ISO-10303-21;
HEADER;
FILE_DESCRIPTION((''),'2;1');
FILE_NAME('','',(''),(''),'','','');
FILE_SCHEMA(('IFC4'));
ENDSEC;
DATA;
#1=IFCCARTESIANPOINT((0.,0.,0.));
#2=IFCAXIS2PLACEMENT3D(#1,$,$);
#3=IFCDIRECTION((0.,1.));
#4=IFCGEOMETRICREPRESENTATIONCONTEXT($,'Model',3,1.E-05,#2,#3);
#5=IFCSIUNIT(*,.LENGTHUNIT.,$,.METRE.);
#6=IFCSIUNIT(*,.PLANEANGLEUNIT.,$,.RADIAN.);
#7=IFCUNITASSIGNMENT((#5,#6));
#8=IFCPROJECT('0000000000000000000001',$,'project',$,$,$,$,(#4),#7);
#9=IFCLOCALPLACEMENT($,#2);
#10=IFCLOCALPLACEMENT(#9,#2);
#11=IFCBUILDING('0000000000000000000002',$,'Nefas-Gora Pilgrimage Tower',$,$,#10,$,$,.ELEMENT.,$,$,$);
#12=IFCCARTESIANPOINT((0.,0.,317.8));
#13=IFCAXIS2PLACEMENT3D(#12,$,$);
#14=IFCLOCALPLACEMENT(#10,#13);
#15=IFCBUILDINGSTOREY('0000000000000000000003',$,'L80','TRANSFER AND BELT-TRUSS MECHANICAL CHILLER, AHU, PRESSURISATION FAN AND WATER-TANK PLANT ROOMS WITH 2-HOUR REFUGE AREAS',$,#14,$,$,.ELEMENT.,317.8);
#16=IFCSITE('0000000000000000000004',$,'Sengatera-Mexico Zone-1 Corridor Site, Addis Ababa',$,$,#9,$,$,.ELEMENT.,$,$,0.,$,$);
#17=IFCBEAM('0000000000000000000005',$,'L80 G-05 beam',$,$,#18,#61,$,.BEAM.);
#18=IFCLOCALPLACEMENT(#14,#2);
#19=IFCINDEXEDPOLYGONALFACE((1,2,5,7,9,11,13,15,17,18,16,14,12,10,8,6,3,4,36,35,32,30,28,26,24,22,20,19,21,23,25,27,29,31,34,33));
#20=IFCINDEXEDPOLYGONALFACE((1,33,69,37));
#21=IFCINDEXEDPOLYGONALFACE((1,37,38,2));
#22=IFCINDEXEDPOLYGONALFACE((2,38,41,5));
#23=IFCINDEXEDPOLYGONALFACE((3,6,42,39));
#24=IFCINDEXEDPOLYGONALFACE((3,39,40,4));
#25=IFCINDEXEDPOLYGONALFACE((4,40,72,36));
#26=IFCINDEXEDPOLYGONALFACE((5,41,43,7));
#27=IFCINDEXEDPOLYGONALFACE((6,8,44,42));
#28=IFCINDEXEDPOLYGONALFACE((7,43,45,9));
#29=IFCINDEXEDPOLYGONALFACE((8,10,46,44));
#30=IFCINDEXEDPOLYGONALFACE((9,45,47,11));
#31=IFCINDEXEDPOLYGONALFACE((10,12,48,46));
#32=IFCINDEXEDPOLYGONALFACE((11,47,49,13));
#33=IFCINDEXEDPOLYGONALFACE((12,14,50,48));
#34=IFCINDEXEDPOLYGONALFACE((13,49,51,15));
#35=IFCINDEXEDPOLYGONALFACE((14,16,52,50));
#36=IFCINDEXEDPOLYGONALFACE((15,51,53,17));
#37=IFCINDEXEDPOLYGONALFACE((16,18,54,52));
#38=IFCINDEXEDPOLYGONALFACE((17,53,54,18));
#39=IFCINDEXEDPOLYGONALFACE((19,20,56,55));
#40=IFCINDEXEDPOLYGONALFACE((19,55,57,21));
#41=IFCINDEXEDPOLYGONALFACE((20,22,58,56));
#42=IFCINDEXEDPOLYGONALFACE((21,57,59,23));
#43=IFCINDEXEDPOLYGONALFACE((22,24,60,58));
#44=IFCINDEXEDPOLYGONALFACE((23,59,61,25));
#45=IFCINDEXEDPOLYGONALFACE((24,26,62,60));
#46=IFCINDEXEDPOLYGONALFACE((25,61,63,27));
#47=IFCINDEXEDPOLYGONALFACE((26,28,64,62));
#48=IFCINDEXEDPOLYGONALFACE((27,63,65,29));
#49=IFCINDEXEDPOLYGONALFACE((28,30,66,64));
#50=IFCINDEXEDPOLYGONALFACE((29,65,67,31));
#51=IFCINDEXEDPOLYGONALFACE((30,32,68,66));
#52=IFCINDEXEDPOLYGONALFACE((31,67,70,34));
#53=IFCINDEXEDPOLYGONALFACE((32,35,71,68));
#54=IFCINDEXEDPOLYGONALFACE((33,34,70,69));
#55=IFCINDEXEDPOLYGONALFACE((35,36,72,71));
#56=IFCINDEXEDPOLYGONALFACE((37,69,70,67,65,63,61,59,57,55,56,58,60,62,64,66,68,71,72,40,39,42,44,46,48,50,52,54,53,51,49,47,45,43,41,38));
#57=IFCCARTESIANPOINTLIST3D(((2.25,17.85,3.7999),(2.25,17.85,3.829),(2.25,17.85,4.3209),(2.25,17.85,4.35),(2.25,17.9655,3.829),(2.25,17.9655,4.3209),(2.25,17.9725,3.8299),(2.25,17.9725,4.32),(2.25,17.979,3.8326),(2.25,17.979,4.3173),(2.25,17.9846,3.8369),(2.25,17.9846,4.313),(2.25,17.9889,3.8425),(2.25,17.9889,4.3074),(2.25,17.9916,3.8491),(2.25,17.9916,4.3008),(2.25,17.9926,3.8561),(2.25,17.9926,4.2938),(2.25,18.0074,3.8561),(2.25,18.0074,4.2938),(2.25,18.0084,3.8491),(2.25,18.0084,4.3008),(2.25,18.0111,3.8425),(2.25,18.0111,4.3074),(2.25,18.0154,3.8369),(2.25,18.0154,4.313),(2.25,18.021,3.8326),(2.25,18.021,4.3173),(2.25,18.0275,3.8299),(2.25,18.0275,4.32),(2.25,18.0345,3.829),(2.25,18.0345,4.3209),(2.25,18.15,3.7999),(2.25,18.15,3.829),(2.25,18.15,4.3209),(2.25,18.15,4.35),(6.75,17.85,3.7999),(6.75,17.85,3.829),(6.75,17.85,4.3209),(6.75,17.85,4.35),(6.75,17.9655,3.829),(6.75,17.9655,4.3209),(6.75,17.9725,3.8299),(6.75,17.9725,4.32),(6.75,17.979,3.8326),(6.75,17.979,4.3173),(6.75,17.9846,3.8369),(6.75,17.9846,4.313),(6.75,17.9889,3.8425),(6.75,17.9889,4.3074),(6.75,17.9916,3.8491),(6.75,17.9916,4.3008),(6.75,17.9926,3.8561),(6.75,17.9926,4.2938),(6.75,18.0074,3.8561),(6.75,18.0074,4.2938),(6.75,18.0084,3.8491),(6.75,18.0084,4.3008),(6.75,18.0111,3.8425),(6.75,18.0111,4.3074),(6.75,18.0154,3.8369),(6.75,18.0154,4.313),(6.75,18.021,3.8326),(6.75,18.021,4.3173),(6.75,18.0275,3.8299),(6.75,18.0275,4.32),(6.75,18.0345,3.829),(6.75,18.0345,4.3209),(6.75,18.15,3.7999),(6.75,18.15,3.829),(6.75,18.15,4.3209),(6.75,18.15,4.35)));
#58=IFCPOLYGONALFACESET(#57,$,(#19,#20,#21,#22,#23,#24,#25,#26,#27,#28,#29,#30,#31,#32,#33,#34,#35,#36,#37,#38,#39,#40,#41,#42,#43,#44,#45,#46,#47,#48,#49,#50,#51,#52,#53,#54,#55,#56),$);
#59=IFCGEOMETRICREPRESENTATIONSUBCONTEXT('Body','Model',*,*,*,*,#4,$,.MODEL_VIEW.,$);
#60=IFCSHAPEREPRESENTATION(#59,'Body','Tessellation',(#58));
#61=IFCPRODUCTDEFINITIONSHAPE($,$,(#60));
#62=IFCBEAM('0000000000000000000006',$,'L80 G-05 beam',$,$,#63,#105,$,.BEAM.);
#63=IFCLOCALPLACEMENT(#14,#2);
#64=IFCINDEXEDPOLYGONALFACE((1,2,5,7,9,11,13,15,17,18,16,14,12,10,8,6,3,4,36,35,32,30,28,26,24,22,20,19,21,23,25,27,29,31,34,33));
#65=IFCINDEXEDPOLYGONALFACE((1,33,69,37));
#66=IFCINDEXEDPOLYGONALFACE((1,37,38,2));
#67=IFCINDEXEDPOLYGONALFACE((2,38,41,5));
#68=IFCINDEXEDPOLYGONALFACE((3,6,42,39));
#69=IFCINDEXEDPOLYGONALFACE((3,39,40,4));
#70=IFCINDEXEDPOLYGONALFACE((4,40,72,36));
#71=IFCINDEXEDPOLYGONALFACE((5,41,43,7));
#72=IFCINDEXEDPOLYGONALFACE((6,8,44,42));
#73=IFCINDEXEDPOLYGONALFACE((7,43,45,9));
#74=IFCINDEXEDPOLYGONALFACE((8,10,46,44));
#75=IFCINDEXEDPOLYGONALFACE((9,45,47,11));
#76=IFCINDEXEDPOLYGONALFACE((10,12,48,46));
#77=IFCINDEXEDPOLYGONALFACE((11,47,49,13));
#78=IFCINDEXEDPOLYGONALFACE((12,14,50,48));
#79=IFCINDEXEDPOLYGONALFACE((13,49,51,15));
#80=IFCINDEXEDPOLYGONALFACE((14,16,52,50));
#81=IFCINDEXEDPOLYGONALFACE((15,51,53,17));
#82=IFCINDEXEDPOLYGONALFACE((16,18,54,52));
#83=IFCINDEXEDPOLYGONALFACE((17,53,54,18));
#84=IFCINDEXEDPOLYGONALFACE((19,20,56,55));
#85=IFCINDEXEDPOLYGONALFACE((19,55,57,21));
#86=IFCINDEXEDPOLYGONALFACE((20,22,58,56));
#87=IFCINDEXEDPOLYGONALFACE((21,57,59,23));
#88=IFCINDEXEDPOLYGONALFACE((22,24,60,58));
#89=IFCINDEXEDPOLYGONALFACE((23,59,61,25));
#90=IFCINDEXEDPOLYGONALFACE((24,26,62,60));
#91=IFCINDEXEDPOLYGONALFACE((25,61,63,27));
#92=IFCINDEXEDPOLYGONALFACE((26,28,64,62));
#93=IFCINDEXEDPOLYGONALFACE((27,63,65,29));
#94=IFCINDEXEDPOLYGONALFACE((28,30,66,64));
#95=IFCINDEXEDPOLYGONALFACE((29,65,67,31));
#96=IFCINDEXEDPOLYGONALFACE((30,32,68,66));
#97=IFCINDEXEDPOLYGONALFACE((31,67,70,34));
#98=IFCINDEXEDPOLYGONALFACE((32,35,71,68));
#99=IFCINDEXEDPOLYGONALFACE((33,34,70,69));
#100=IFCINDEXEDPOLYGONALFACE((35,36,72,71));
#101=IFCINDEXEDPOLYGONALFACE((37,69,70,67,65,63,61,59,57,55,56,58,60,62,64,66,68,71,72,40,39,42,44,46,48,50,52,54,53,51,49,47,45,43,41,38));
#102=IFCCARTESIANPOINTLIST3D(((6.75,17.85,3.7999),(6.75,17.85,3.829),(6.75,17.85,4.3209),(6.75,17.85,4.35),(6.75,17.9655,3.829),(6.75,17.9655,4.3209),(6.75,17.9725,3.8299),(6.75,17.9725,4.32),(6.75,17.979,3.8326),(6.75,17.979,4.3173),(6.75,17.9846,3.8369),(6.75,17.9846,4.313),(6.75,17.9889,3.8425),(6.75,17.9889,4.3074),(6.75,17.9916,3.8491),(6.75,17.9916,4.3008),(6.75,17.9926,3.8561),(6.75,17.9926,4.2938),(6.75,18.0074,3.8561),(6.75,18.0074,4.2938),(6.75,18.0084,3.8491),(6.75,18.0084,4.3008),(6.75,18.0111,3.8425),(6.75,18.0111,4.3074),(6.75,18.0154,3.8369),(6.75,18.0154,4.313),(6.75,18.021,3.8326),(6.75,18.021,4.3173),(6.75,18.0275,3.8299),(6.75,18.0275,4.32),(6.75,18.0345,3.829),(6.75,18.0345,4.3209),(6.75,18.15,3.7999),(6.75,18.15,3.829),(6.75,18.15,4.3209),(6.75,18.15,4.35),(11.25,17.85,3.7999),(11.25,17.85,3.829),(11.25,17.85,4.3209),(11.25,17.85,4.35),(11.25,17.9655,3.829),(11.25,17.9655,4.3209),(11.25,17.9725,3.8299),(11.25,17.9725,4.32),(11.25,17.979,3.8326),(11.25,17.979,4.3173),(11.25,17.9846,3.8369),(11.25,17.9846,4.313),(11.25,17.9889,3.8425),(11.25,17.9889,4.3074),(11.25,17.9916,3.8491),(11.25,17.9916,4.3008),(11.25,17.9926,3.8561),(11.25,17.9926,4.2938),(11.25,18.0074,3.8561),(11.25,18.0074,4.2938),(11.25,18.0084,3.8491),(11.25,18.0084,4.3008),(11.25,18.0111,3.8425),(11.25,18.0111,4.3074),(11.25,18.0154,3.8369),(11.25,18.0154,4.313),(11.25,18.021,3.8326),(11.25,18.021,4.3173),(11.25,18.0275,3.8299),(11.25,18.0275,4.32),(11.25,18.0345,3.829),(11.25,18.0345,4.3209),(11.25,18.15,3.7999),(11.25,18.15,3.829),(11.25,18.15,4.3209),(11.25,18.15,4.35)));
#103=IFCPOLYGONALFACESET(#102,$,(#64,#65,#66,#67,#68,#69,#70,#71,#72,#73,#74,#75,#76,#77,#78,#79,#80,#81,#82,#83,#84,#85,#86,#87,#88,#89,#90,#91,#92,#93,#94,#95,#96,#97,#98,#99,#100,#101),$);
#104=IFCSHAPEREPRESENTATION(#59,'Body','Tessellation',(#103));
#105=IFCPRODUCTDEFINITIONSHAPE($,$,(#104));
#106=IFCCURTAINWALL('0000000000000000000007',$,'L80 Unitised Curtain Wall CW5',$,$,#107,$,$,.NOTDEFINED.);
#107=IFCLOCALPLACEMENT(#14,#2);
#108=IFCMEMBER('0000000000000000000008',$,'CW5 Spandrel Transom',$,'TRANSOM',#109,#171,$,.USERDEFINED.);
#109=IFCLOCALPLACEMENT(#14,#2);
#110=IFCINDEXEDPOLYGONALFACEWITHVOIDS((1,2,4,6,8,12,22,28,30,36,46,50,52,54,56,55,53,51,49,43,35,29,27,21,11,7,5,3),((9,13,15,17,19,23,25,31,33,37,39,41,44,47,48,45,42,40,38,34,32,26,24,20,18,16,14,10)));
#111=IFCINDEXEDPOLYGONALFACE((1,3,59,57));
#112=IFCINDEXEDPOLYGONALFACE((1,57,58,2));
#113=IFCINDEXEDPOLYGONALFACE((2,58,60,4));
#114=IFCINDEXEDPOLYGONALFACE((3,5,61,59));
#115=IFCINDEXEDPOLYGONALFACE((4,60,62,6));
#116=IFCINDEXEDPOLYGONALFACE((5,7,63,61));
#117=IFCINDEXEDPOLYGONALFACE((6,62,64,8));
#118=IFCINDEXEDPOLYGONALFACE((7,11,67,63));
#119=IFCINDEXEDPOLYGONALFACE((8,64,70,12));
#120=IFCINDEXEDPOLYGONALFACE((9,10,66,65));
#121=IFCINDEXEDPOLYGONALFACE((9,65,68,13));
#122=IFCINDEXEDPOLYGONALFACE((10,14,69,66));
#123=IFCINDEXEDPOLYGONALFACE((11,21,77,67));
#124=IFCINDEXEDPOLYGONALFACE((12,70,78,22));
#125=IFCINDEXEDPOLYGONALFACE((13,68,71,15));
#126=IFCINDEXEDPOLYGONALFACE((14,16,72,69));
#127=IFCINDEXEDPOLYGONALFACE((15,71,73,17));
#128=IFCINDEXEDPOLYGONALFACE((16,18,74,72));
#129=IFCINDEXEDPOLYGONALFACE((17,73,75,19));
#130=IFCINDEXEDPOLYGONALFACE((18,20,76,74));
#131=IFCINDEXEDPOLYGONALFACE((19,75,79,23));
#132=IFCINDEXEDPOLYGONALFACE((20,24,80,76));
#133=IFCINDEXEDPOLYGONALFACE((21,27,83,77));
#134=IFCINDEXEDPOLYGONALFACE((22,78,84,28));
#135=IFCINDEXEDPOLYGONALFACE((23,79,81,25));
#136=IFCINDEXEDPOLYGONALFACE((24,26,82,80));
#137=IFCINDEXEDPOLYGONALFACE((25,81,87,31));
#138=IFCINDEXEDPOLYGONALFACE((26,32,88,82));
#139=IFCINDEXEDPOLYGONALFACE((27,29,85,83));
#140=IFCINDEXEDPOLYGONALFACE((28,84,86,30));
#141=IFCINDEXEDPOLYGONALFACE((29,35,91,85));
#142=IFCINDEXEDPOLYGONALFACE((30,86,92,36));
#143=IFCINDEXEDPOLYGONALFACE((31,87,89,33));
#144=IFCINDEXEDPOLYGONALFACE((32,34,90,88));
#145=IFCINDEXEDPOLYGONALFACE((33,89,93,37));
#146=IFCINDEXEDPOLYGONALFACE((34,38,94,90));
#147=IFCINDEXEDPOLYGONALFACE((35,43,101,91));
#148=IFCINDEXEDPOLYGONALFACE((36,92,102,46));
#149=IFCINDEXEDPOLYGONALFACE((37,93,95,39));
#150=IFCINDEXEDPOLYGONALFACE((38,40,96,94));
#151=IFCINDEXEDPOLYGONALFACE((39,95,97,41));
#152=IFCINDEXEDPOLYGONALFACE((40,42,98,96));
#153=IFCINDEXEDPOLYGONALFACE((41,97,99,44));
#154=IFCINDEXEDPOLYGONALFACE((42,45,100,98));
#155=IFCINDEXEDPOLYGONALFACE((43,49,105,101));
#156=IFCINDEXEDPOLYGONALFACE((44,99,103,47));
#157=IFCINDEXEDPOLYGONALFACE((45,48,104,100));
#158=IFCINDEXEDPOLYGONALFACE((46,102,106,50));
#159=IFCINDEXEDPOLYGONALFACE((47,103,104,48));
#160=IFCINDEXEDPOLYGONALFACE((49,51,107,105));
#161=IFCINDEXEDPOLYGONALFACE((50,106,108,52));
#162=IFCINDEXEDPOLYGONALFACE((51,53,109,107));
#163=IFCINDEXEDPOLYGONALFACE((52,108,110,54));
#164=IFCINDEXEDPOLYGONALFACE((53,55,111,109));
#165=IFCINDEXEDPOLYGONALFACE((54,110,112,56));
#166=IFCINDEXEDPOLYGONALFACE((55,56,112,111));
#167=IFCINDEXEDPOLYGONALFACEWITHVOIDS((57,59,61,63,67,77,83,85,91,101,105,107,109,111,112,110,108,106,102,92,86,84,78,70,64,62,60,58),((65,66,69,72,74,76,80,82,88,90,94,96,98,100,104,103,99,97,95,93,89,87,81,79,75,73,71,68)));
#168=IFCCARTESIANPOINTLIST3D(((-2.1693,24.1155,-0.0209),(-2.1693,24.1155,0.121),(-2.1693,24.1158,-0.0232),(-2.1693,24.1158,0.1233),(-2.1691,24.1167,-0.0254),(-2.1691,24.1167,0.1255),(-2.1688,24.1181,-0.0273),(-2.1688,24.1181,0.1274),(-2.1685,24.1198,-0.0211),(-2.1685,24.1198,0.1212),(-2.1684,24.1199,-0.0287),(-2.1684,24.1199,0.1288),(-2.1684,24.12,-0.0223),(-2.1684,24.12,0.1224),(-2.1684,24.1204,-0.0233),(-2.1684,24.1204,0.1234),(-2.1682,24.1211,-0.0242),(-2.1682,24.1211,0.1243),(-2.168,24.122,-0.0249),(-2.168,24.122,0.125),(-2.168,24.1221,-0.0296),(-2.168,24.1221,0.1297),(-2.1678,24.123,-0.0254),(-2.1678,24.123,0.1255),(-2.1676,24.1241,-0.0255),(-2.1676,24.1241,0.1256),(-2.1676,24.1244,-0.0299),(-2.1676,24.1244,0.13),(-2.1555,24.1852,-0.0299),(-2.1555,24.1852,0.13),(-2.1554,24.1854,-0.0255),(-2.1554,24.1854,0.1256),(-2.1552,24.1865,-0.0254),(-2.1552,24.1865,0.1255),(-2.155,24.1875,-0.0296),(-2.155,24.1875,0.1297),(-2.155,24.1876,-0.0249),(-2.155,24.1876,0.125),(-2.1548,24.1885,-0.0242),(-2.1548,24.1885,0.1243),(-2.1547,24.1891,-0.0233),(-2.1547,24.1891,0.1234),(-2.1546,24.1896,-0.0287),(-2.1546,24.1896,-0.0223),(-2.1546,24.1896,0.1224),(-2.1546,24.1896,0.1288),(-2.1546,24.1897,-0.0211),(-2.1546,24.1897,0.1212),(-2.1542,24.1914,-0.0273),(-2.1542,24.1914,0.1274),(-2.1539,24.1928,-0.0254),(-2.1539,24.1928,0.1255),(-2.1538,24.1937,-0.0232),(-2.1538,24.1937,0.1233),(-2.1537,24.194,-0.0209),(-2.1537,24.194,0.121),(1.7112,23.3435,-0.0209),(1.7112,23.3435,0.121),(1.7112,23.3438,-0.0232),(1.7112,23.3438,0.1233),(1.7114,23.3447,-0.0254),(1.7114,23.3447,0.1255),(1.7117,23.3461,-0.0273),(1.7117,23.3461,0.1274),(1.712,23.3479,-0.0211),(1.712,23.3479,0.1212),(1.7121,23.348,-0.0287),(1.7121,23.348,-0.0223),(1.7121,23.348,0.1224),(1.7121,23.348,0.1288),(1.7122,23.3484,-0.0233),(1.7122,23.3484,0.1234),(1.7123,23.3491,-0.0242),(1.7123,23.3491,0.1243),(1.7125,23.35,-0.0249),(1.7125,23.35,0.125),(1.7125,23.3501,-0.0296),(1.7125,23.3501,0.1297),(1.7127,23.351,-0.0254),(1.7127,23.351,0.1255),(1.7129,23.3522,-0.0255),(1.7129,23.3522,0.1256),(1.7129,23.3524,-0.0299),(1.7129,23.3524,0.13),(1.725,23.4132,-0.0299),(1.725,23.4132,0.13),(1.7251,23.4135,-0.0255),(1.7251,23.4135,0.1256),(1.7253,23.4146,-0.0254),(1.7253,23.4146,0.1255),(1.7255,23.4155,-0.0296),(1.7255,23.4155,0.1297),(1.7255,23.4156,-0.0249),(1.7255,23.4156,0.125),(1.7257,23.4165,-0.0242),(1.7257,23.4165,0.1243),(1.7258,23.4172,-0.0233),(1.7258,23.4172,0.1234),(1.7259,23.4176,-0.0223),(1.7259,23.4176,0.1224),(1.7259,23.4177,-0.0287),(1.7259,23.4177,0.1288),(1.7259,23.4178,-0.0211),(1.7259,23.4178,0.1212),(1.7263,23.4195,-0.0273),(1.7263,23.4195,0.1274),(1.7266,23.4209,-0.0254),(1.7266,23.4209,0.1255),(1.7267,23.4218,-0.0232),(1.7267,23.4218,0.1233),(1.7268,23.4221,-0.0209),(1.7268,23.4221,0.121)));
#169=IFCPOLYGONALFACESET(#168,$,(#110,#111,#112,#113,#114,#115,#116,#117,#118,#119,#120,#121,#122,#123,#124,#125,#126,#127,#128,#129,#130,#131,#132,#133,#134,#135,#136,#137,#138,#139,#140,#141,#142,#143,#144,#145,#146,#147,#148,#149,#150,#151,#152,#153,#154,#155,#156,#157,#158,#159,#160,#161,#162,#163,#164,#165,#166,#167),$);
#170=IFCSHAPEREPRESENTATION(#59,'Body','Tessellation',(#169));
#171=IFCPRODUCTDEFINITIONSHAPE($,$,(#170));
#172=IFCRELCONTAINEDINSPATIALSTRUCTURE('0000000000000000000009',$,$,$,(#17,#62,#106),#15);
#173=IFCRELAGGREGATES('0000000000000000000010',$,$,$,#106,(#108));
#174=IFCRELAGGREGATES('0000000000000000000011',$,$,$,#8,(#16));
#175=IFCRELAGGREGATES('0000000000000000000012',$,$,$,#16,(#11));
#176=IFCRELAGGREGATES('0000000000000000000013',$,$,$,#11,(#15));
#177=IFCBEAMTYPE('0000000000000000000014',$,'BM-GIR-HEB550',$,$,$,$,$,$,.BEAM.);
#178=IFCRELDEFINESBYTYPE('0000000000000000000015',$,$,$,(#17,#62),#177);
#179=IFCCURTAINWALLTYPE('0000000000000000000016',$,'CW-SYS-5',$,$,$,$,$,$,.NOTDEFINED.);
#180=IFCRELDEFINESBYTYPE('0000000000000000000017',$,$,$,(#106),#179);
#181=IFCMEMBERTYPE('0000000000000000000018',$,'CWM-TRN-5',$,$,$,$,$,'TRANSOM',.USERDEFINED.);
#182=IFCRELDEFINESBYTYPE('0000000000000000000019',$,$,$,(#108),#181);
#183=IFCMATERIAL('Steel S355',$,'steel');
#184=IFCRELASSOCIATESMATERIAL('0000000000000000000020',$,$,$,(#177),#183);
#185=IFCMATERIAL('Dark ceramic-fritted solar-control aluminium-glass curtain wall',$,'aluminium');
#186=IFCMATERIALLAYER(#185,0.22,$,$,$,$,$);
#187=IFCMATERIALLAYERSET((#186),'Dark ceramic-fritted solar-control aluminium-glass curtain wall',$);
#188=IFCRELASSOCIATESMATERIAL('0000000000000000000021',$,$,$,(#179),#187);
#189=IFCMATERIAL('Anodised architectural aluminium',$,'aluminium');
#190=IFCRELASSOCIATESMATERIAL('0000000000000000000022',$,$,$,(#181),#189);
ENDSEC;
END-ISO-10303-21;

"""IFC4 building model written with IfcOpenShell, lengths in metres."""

from ifc_helpers import new_model, si_unit, direction, frame, origin, origin_2d, place, context, subcontext, project, spatial, hollow_rectangle, i_section, extrude, source, transform, mapped, material, layer, layer_set, material_profile, profile_set, type_object, element, aggregate, save


model = new_model("IFC4")

# Units and contexts
model_context = context("Model", 3, precision=1e-05, world=origin(), true_north=direction((0.0, 1.0)))
body_context = subcontext(model_context, "Body", "Model", "MODEL_VIEW")
ifc_project = project(units=[si_unit("LENGTHUNIT", "METRE"), si_unit("PLANEANGLEUNIT", "RADIAN")], contexts=[model_context])

# Site, building, storey
site_placement = place(None, origin())
site = spatial("IfcSite", under=ifc_project, at=site_placement, Name="Sengatera-Mexico Zone-1 Corridor Site, Addis Ababa", CompositionType="ELEMENT", RefElevation=0.0)
building_placement = place(site_placement, origin())
building = spatial("IfcBuilding", under=site, at=building_placement, Name="Nefas-Gora Pilgrimage Tower", CompositionType="ELEMENT")
storey_placement = place(building_placement, frame((0.0, 0.0, 317.8)))
storey = spatial("IfcBuildingStorey", under=building, at=storey_placement, Name="L80", Description="TRANSFER AND BELT-TRUSS MECHANICAL CHILLER, AHU, PRESSURISATION FAN AND WATER-TANK PLANT ROOMS WITH 2-HOUR REFUGE AREAS", CompositionType="ELEMENT", Elevation=317.8)

# Shared definitions
ifc_material_1 = material(Name="Steel S355", Category="steel")

# Beams
ifc_material_profile_1 = material_profile(ifc_material_1, i_section(OverallWidth=0.3, OverallDepth=0.55, WebThickness=0.0149, FlangeThickness=0.0291, FilletRadius=0.0271, at=origin_2d()), Name="HEB 550")
ifc_profile_set_1 = profile_set([ifc_material_profile_1], Name="Steel S355")
beam_type = type_object("IfcBeamType", Name="BM-GIR-HEB550", PredefinedType="BEAM", material=ifc_profile_set_1)
shared_shape_1 = source(origin(), body_context, "Body", "SweptSolid", [
    extrude(i_section(OverallWidth=0.3, OverallDepth=0.55, WebThickness=0.0149, FlangeThickness=0.0291, FilletRadius=0.0271, at=origin_2d()), origin(), (0.0, 0.0, 1.0), 4.5),
])
for number, where, z_axis, x_axis, name in (
    (1, (2.25, 18.0, 4.075), (1.0, 0.0, 0.0), (0.0, 1.0, 0.0), "L80 G-05 beam"),
    (2, (6.75, 18.0, 4.075), (1.0, 0.0, 0.0), (0.0, 1.0, 0.0), "L80 G-05 beam"),
):
    element("IfcBeam", number, at=place(storey_placement, frame(where, z_axis=z_axis, x_axis=x_axis)), inside=storey, type_object=beam_type, Name=name, PredefinedType="BEAM", context=body_context, shape_type="MappedRepresentation", body=[
        mapped(shared_shape_1, transform((0.0, 0.0, 0.0), x_axis=(1.0, 0.0, 0.0), y_axis=(0.0, 1.0, 0.0), z_axis=(0.0, 0.0, 1.0), scale=1.0)),
    ])

# Curtain wall, member
ifc_material_2 = material(Name="Dark ceramic-fritted solar-control aluminium-glass curtain wall", Category="aluminium")
ifc_layer_1 = layer(ifc_material_2, 0.22)
ifc_layer_set_1 = layer_set([ifc_layer_1], Name="Dark ceramic-fritted solar-control aluminium-glass curtain wall")
curtain_wall_type = type_object("IfcCurtainWallType", Name="CW-SYS-5", PredefinedType="NOTDEFINED", material=ifc_layer_set_1)
curtain_wall_1_placement = place(storey_placement, origin())
curtain_wall_1 = element("IfcCurtainWall", 3, at=curtain_wall_1_placement, inside=storey, type_object=curtain_wall_type, Name="L80 Unitised Curtain Wall CW5", PredefinedType="NOTDEFINED")
ifc_material_3 = material(Name="Anodised architectural aluminium", Category="aluminium")
ifc_material_profile_2 = material_profile(ifc_material_3, hollow_rectangle(XDim=0.0801, YDim=0.1599, WallThickness=0.0044, InnerFilletRadius=0.0044, OuterFilletRadius=0.009, at=origin_2d()), Name="ALU TRANSOM 80x160")
ifc_profile_set_2 = profile_set([ifc_material_profile_2], Name="Anodised architectural aluminium")
member_type_1 = type_object("IfcMemberType", Name="CWM-TRN-5", ElementType="TRANSOM", PredefinedType="USERDEFINED", material=ifc_profile_set_2)
shared_shape_2 = source(origin(), body_context, "Body", "SweptSolid", [
    extrude(hollow_rectangle(XDim=0.0801, YDim=0.1599, WallThickness=0.0044, InnerFilletRadius=0.0044, OuterFilletRadius=0.009, at=origin_2d()), origin(), (0.0, 0.0, 1.0), 3.9565),
])
member_1_placement = place(storey_placement, frame((1.719, 23.3828, 0.05), z_axis=(-0.980782, 0.195107, 0.0), x_axis=(-0.195107, -0.980782, 0.0)))
member_1 = element("IfcMember", 4, at=member_1_placement, type_object=member_type_1, Name="CW5 Spandrel Transom", ObjectType="TRANSOM", PredefinedType="USERDEFINED", context=body_context, shape_type="MappedRepresentation", body=[
    mapped(shared_shape_2, transform((0.0, 0.0, 0.0), x_axis=(1.0, 0.0, 0.0), y_axis=(0.0, 1.0, 0.0), z_axis=(0.0, 0.0, 1.0), scale=1.0)),
])

aggregate(curtain_wall_1, [member_1])

save(model, "model.ifc")
